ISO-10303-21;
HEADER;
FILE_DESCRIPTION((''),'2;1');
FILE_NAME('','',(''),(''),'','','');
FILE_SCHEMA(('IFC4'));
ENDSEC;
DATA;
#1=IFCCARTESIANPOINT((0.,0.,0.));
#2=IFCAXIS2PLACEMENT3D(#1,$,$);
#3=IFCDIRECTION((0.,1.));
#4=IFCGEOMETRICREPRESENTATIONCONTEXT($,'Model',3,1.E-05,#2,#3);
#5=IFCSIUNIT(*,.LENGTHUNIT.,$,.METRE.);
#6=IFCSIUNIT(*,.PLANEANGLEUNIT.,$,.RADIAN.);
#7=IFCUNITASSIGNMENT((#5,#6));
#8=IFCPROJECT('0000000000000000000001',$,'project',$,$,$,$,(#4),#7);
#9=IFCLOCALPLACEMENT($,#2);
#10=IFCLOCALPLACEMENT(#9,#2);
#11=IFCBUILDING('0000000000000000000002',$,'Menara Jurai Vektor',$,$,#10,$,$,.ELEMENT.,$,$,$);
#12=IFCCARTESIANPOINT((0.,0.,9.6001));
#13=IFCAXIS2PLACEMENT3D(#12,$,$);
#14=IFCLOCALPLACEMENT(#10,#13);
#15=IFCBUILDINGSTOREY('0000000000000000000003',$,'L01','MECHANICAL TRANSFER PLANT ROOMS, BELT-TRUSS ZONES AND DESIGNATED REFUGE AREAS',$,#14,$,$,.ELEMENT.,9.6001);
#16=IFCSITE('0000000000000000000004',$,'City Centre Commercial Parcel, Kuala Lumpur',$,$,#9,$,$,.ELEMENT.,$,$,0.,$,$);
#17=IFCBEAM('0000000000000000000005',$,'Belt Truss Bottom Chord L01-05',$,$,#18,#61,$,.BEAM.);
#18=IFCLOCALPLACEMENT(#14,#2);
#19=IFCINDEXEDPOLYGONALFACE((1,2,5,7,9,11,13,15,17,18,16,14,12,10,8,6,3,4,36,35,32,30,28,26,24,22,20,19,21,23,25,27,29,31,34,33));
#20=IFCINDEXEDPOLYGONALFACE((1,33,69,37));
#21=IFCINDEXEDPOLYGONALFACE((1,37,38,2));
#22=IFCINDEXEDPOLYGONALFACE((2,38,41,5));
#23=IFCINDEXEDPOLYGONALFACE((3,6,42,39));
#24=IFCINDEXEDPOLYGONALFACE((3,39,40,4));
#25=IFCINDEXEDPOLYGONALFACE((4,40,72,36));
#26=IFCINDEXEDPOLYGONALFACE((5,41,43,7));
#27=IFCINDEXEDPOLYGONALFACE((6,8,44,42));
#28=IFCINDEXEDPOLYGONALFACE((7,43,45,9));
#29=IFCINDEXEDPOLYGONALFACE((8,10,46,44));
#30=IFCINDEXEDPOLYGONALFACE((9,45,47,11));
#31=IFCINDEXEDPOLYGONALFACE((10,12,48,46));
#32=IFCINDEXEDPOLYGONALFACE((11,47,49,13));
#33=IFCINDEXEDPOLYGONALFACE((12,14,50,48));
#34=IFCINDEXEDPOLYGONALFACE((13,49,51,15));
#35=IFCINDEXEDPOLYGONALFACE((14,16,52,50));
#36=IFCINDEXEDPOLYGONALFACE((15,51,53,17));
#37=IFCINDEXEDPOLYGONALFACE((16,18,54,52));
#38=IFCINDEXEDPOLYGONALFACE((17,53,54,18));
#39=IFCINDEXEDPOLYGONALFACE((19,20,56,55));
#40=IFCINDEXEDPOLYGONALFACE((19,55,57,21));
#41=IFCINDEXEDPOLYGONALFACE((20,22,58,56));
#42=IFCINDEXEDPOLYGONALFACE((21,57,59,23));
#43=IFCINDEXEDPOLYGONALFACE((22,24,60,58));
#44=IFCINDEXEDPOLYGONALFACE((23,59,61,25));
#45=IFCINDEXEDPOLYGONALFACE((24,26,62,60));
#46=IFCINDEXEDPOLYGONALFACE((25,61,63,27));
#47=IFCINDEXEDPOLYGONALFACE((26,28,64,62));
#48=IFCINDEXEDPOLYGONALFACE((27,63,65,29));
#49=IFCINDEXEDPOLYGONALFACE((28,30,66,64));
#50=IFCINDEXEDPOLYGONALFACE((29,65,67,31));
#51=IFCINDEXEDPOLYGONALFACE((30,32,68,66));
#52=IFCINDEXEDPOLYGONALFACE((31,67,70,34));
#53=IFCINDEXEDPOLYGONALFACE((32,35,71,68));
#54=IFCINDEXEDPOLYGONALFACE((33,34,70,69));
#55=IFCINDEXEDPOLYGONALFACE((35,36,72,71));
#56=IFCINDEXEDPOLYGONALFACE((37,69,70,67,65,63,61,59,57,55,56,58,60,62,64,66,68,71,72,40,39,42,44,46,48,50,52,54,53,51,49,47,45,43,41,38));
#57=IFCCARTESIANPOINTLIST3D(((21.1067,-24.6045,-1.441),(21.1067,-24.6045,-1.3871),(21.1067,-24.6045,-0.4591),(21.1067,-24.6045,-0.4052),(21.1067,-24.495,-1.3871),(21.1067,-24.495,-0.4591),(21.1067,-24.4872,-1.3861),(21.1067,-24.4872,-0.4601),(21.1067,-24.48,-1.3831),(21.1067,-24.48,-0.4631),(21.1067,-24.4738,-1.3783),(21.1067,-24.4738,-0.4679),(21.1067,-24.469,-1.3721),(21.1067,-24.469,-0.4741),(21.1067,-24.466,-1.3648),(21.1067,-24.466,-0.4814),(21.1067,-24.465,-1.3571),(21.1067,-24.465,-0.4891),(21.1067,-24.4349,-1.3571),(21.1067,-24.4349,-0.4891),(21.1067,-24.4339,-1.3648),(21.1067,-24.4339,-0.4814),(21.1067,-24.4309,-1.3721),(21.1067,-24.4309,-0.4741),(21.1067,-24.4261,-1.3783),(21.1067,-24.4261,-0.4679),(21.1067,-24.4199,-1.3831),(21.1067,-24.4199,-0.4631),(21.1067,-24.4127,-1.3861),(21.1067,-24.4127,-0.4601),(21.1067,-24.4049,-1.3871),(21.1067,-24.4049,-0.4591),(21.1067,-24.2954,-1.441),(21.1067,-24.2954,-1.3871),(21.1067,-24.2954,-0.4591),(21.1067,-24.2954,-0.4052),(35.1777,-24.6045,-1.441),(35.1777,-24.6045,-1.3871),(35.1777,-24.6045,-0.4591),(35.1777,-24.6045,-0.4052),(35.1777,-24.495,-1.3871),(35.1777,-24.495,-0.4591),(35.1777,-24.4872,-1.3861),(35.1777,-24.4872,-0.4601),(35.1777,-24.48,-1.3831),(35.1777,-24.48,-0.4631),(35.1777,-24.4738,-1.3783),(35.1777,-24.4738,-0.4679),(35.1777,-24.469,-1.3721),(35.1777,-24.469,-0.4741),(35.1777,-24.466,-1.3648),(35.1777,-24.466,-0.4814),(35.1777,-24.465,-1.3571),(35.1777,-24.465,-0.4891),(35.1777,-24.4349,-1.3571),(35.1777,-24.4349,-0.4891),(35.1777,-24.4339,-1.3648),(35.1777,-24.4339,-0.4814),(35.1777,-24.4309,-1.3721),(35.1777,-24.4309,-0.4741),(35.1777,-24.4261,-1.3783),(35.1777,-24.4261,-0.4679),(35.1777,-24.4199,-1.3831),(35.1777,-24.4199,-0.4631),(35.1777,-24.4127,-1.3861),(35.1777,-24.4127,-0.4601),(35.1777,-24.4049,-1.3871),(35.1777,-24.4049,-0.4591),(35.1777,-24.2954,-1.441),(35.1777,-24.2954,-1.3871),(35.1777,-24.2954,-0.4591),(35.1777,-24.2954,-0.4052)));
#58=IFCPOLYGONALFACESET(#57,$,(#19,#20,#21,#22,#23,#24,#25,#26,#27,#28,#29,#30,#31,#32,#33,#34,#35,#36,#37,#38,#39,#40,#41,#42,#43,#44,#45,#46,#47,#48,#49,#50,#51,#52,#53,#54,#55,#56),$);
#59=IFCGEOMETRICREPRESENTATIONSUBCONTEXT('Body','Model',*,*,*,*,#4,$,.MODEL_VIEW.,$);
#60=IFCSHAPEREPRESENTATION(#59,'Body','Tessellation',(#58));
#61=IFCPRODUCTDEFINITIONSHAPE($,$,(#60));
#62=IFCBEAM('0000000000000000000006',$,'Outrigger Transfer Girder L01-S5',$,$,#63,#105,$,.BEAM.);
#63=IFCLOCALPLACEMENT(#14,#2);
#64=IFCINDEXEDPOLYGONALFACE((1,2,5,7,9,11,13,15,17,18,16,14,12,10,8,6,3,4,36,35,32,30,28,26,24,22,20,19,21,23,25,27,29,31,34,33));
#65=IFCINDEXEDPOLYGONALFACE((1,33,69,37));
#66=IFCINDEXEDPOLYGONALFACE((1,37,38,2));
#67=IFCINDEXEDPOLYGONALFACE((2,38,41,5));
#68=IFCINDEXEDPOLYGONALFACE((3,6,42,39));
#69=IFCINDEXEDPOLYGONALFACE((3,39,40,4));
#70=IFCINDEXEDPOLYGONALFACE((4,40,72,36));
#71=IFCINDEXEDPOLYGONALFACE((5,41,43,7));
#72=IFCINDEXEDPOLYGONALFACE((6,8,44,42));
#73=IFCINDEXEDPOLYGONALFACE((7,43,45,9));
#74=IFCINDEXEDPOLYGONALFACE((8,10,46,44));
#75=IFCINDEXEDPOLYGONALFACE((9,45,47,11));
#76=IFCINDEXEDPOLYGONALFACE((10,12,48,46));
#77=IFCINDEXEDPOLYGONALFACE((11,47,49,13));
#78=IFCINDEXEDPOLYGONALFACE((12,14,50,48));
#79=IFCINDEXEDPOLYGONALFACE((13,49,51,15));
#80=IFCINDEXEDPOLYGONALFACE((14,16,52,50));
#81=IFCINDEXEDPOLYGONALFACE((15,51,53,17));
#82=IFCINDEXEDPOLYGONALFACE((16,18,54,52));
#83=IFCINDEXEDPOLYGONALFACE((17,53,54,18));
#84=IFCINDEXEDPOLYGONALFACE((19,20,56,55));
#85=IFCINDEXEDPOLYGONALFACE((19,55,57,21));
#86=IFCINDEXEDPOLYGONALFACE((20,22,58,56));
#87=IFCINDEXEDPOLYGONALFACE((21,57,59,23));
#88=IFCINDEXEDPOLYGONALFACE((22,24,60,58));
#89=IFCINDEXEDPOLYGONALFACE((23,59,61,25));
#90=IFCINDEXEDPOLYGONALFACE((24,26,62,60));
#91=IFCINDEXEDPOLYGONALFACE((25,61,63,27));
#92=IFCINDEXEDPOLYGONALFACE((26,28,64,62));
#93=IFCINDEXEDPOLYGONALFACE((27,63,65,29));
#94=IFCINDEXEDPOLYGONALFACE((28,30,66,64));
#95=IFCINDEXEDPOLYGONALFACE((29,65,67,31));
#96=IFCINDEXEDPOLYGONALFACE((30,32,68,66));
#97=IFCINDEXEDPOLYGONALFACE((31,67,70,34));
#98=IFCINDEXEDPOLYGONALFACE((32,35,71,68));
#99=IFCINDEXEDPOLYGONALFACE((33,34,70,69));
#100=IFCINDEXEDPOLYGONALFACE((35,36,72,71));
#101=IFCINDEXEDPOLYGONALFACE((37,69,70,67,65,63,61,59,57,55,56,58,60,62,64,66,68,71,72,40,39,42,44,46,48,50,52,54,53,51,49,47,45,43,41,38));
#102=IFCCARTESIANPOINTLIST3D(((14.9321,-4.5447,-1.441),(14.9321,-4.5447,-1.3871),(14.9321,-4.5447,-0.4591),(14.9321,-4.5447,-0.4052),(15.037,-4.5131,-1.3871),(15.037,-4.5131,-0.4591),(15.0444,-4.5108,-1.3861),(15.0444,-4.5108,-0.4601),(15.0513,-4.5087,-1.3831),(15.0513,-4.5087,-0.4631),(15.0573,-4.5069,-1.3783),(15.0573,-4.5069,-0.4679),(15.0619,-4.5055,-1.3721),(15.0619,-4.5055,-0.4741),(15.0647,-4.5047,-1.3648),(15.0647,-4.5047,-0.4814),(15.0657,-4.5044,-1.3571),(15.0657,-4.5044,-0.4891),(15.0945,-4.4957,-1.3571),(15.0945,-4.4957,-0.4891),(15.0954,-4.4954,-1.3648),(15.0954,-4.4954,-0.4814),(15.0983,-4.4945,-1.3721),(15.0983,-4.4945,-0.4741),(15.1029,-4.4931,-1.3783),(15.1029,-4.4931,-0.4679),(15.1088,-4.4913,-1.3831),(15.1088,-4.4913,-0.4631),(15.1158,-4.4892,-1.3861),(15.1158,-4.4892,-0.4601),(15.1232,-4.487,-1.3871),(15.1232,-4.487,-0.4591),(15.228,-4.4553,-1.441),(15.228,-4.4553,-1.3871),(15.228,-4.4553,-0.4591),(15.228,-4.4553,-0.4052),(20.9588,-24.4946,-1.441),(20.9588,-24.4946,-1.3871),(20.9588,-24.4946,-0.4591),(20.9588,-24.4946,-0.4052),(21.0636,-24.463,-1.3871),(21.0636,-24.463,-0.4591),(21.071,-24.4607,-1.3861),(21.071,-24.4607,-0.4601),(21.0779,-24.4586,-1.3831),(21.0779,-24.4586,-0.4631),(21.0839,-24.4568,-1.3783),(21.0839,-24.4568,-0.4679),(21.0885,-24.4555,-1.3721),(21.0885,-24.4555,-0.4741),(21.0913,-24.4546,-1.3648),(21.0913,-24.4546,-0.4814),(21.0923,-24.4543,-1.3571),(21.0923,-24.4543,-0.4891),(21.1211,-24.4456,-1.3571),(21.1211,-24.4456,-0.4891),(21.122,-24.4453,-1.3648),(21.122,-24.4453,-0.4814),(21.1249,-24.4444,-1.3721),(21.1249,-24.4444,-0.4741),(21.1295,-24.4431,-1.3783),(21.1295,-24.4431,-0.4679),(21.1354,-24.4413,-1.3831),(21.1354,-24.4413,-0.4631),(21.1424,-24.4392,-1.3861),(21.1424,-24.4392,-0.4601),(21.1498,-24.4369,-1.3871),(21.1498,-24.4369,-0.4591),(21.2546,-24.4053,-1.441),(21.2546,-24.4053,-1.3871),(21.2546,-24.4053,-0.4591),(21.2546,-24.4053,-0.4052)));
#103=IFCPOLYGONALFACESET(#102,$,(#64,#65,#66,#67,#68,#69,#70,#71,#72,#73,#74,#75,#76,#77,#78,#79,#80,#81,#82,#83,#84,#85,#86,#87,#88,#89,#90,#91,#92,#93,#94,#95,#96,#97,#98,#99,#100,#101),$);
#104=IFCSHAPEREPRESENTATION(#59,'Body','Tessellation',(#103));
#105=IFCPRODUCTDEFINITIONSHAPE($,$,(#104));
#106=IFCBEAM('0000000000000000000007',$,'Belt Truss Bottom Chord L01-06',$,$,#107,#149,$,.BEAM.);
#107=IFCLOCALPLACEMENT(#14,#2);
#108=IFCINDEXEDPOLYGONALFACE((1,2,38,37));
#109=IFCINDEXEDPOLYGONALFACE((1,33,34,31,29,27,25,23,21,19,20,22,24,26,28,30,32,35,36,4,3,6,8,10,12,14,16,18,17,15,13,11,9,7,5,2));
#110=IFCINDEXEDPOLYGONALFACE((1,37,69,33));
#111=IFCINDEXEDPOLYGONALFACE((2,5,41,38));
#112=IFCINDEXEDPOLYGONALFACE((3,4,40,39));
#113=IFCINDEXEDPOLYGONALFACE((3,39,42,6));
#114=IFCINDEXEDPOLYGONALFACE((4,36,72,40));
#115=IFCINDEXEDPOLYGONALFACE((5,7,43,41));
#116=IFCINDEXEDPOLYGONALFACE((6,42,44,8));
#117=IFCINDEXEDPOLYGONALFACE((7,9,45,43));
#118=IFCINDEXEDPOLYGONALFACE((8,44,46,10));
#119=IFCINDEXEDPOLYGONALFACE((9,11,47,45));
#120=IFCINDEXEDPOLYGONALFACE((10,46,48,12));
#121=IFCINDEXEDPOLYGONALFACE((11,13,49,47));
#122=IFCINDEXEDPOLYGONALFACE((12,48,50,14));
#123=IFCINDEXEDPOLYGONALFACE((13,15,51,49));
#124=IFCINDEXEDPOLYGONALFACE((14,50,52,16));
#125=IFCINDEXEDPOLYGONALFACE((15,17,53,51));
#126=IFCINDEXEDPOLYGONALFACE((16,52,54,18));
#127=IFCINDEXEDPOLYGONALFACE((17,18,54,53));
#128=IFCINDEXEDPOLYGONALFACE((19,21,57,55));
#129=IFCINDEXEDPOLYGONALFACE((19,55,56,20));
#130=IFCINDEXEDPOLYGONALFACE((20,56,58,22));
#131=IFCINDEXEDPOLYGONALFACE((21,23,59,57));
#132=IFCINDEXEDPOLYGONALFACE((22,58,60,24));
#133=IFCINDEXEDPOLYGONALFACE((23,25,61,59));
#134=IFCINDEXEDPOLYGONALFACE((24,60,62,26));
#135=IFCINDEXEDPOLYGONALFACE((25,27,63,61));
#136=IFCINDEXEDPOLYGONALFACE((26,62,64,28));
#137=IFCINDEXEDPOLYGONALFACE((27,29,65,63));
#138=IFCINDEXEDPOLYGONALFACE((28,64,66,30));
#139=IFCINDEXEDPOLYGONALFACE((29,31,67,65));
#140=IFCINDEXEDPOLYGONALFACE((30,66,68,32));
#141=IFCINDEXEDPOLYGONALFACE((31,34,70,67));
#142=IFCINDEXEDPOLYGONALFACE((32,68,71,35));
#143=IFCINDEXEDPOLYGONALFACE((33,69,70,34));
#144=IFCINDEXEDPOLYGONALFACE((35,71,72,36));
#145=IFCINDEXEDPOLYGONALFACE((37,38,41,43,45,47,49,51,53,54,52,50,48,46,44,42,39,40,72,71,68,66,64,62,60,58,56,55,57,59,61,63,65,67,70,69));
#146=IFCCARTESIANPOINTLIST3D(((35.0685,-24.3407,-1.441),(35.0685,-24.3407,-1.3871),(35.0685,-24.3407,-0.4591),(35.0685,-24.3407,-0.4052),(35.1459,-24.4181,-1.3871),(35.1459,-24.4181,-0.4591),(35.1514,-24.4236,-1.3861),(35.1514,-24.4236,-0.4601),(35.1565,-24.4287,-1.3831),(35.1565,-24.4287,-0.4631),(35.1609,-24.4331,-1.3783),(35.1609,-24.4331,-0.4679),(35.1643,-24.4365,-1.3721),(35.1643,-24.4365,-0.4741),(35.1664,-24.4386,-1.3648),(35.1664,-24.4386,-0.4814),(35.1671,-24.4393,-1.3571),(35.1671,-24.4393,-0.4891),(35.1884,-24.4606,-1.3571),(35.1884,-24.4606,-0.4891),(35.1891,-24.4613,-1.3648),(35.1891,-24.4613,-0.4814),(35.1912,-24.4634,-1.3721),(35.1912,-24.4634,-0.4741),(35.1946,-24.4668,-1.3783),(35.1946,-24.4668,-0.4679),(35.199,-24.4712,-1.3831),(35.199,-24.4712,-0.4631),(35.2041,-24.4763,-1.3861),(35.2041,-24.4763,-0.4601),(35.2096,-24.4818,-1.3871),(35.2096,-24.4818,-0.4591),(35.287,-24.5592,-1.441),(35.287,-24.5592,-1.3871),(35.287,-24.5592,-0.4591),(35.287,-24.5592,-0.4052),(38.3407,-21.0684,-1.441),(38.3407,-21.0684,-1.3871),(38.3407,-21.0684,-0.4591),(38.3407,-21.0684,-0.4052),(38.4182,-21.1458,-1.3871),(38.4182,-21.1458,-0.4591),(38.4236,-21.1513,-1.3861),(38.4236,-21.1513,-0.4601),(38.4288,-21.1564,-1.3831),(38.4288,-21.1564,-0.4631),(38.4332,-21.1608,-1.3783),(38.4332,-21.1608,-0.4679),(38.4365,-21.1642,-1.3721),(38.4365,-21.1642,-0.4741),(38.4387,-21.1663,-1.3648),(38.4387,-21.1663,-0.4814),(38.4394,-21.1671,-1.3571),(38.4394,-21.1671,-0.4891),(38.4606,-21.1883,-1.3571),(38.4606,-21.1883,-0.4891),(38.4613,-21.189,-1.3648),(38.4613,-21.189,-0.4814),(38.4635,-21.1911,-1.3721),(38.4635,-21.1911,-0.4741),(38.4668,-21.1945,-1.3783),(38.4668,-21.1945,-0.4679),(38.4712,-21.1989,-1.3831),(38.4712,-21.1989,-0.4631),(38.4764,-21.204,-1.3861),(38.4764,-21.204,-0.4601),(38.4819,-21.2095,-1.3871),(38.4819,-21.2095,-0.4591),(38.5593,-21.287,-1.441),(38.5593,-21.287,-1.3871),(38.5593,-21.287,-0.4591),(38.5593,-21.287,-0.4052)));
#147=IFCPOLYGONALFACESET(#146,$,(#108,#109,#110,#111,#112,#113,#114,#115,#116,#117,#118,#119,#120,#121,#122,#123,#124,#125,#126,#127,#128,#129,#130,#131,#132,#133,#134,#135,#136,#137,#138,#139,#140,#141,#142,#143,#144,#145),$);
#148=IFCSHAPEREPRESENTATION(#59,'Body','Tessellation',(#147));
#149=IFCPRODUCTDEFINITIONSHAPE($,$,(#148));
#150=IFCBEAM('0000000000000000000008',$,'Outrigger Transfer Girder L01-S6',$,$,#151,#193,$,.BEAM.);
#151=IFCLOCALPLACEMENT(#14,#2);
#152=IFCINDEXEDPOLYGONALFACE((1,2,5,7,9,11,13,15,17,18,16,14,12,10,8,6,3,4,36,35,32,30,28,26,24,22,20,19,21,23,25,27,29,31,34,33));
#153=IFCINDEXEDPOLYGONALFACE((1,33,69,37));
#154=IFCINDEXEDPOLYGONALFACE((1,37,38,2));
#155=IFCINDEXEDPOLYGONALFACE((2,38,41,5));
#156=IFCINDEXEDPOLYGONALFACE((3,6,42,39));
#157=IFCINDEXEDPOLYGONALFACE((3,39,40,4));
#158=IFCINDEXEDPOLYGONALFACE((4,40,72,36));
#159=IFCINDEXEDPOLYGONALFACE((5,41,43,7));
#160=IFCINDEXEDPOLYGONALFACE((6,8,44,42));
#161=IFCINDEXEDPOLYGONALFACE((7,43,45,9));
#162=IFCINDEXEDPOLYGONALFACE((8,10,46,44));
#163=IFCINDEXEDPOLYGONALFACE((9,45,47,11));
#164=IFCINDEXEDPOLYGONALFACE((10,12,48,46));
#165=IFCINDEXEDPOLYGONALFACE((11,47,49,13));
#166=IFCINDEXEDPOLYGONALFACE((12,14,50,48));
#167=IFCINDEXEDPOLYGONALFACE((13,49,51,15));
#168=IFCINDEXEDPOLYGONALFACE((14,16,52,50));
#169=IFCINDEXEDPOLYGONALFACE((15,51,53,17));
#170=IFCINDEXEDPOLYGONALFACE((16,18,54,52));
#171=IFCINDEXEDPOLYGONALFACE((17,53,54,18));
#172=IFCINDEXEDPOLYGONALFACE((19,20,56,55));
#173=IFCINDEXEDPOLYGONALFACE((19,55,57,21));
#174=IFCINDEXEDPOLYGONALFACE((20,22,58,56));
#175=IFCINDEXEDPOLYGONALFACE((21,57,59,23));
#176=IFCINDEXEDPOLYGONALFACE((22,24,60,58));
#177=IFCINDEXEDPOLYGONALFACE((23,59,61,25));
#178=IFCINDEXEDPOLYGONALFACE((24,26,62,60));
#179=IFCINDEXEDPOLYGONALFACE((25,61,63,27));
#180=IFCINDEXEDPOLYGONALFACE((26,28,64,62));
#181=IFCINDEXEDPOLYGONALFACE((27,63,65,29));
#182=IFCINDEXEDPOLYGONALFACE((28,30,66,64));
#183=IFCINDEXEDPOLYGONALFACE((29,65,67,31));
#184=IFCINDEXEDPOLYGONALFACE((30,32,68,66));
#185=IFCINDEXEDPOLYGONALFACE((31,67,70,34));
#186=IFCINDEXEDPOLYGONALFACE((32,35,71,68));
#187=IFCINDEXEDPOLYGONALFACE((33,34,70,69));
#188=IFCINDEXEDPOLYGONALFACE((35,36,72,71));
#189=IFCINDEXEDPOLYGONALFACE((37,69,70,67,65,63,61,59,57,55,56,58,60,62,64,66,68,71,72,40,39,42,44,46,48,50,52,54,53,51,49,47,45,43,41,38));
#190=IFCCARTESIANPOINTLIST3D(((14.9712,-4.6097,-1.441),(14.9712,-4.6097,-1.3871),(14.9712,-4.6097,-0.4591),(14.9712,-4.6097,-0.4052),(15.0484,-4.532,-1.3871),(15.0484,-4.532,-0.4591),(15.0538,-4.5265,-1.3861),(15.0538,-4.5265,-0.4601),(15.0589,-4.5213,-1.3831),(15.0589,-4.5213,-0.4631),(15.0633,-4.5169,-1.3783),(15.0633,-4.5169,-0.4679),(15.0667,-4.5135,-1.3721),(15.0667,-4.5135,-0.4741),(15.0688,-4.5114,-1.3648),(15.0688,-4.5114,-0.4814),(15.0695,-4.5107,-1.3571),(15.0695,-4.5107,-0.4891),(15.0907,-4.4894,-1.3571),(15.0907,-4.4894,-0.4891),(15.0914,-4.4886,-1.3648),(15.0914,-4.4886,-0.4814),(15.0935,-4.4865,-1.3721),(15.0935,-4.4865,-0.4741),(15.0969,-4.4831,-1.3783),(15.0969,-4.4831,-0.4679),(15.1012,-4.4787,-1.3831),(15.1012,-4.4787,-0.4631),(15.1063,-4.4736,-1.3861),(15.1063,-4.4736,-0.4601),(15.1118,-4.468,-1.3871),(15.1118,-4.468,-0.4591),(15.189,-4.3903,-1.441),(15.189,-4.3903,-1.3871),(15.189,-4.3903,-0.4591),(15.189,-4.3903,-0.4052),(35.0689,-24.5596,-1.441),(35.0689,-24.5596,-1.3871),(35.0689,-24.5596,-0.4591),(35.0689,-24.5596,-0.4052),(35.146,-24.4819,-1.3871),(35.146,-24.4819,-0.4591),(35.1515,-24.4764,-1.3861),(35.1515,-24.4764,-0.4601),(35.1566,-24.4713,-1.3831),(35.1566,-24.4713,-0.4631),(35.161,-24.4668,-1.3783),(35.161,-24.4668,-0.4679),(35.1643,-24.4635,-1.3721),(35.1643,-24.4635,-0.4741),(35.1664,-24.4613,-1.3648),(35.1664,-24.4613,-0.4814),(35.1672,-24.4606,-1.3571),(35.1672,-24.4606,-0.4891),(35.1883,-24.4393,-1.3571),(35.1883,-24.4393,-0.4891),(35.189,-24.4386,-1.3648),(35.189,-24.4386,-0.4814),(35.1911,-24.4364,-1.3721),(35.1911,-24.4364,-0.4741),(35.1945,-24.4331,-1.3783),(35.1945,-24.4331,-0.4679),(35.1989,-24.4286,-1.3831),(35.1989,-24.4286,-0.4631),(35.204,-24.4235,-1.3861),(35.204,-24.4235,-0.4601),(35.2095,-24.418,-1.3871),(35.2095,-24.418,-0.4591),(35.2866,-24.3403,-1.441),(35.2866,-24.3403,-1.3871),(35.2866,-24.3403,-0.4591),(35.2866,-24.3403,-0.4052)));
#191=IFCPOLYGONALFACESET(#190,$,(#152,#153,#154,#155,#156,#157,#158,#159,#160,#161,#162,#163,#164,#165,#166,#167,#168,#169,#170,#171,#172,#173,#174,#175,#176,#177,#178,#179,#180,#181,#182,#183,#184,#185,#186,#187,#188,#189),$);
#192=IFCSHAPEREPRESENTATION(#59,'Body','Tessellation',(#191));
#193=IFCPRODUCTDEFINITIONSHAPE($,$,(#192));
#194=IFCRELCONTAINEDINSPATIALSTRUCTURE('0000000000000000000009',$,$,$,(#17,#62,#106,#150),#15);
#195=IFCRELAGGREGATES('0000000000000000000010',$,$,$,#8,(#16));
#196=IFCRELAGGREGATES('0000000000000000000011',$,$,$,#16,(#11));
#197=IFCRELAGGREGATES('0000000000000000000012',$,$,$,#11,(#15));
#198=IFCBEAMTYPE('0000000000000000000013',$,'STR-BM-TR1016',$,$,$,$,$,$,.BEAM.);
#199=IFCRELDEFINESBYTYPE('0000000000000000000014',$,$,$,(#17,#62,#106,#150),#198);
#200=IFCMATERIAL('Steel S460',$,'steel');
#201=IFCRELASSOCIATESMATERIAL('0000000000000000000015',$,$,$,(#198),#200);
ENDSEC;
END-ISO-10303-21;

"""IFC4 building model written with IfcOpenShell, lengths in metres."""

from ifc_helpers import new_model, si_unit, direction, frame, origin, origin_2d, place, context, subcontext, project, spatial, i_section, extrude, material, material_profile, profile_set, type_object, element, save


model = new_model("IFC4")

# Units and contexts
model_context = context("Model", 3, precision=1e-05, world=origin(), true_north=direction((0.0, 1.0)))
body_context = subcontext(model_context, "Body", "Model", "MODEL_VIEW")
ifc_project = project(units=[si_unit("LENGTHUNIT", "METRE"), si_unit("PLANEANGLEUNIT", "RADIAN")], contexts=[model_context])

# Site, building, storey
site_placement = place(None, origin())
site = spatial("IfcSite", under=ifc_project, at=site_placement, Name="City Centre Commercial Parcel, Kuala Lumpur", CompositionType="ELEMENT", RefElevation=0.0)
building_placement = place(site_placement, origin())
building = spatial("IfcBuilding", under=site, at=building_placement, Name="Menara Jurai Vektor", CompositionType="ELEMENT")
storey_placement = place(building_placement, frame((0.0, 0.0, 9.6001)))
storey = spatial("IfcBuildingStorey", under=building, at=storey_placement, Name="L01", Description="MECHANICAL TRANSFER PLANT ROOMS, BELT-TRUSS ZONES AND DESIGNATED REFUGE AREAS", CompositionType="ELEMENT", Elevation=9.6001)

# Shared definitions
ifc_material_1 = material(Name="Steel S460", Category="steel")

# Beams
ifc_material_profile_1 = material_profile(ifc_material_1, i_section(OverallWidth=0.3091, OverallDepth=1.0359, WebThickness=0.03, FlangeThickness=0.054, FilletRadius=0.03, at=origin_2d()), Name="UKB 1016x305x487")
ifc_profile_set_1 = profile_set([ifc_material_profile_1], Name="Steel S460")
beam_type_1 = type_object("IfcBeamType", Name="STR-BM-TR1016", PredefinedType="BEAM", material=ifc_profile_set_1)
beam_1_placement = place(storey_placement, frame((21.1067, -24.45, -0.9231), z_axis=(1.0, 0.0, 0.0), x_axis=(0.0, 1.0, 0.0)))
element("IfcBeam", 1, at=beam_1_placement, inside=storey, type_object=beam_type_1, Name="Belt Truss Bottom Chord L01-05", PredefinedType="BEAM", context=body_context, shape_type="SweptSolid", body=[
    extrude(i_section(OverallWidth=0.3091, OverallDepth=1.0359, WebThickness=0.03, FlangeThickness=0.054, FilletRadius=0.03, at=origin_2d()), origin(), (0.0, 0.0, 1.0), 14.071),
])
beam_2_placement = place(storey_placement, frame((21.1067, -24.45, -0.9231), z_axis=(-0.28918, 0.957275, 0.0), x_axis=(-0.957275, -0.28918, 0.0)))
element("IfcBeam", 2, at=beam_2_placement, inside=storey, type_object=beam_type_1, Name="Outrigger Transfer Girder L01-S5", PredefinedType="BEAM", context=body_context, shape_type="SweptSolid", body=[
    extrude(i_section(OverallWidth=0.3091, OverallDepth=1.0359, WebThickness=0.03, FlangeThickness=0.054, FilletRadius=0.03, at=origin_2d()), origin(), (0.0, 0.0, 1.0), 20.8403),
])
beam_3_placement = place(storey_placement, frame((35.1777, -24.45, -0.9231), z_axis=(0.707107, 0.707107, 0.0), x_axis=(-0.707107, 0.707107, 0.0)))
element("IfcBeam", 3, at=beam_3_placement, inside=storey, type_object=beam_type_1, Name="Belt Truss Bottom Chord L01-06", PredefinedType="BEAM", context=body_context, shape_type="SweptSolid", body=[
    extrude(i_section(OverallWidth=0.3091, OverallDepth=1.0359, WebThickness=0.03, FlangeThickness=0.054, FilletRadius=0.03, at=origin_2d()), origin(), (0.0, 0.0, 1.0), 4.6277),
])
beam_4_placement = place(storey_placement, frame((35.1777, -24.45, -0.9231), z_axis=(-0.70971, 0.704494, 0.0), x_axis=(-0.704494, -0.70971, 0.0)))
element("IfcBeam", 4, at=beam_4_placement, inside=storey, type_object=beam_type_1, Name="Outrigger Transfer Girder L01-S6", PredefinedType="BEAM", context=body_context, shape_type="SweptSolid", body=[
    extrude(i_section(OverallWidth=0.3091, OverallDepth=1.0359, WebThickness=0.03, FlangeThickness=0.054, FilletRadius=0.03, at=origin_2d()), origin(), (0.0, 0.0, 1.0), 28.3181),
])

save(model, "model.ifc")
